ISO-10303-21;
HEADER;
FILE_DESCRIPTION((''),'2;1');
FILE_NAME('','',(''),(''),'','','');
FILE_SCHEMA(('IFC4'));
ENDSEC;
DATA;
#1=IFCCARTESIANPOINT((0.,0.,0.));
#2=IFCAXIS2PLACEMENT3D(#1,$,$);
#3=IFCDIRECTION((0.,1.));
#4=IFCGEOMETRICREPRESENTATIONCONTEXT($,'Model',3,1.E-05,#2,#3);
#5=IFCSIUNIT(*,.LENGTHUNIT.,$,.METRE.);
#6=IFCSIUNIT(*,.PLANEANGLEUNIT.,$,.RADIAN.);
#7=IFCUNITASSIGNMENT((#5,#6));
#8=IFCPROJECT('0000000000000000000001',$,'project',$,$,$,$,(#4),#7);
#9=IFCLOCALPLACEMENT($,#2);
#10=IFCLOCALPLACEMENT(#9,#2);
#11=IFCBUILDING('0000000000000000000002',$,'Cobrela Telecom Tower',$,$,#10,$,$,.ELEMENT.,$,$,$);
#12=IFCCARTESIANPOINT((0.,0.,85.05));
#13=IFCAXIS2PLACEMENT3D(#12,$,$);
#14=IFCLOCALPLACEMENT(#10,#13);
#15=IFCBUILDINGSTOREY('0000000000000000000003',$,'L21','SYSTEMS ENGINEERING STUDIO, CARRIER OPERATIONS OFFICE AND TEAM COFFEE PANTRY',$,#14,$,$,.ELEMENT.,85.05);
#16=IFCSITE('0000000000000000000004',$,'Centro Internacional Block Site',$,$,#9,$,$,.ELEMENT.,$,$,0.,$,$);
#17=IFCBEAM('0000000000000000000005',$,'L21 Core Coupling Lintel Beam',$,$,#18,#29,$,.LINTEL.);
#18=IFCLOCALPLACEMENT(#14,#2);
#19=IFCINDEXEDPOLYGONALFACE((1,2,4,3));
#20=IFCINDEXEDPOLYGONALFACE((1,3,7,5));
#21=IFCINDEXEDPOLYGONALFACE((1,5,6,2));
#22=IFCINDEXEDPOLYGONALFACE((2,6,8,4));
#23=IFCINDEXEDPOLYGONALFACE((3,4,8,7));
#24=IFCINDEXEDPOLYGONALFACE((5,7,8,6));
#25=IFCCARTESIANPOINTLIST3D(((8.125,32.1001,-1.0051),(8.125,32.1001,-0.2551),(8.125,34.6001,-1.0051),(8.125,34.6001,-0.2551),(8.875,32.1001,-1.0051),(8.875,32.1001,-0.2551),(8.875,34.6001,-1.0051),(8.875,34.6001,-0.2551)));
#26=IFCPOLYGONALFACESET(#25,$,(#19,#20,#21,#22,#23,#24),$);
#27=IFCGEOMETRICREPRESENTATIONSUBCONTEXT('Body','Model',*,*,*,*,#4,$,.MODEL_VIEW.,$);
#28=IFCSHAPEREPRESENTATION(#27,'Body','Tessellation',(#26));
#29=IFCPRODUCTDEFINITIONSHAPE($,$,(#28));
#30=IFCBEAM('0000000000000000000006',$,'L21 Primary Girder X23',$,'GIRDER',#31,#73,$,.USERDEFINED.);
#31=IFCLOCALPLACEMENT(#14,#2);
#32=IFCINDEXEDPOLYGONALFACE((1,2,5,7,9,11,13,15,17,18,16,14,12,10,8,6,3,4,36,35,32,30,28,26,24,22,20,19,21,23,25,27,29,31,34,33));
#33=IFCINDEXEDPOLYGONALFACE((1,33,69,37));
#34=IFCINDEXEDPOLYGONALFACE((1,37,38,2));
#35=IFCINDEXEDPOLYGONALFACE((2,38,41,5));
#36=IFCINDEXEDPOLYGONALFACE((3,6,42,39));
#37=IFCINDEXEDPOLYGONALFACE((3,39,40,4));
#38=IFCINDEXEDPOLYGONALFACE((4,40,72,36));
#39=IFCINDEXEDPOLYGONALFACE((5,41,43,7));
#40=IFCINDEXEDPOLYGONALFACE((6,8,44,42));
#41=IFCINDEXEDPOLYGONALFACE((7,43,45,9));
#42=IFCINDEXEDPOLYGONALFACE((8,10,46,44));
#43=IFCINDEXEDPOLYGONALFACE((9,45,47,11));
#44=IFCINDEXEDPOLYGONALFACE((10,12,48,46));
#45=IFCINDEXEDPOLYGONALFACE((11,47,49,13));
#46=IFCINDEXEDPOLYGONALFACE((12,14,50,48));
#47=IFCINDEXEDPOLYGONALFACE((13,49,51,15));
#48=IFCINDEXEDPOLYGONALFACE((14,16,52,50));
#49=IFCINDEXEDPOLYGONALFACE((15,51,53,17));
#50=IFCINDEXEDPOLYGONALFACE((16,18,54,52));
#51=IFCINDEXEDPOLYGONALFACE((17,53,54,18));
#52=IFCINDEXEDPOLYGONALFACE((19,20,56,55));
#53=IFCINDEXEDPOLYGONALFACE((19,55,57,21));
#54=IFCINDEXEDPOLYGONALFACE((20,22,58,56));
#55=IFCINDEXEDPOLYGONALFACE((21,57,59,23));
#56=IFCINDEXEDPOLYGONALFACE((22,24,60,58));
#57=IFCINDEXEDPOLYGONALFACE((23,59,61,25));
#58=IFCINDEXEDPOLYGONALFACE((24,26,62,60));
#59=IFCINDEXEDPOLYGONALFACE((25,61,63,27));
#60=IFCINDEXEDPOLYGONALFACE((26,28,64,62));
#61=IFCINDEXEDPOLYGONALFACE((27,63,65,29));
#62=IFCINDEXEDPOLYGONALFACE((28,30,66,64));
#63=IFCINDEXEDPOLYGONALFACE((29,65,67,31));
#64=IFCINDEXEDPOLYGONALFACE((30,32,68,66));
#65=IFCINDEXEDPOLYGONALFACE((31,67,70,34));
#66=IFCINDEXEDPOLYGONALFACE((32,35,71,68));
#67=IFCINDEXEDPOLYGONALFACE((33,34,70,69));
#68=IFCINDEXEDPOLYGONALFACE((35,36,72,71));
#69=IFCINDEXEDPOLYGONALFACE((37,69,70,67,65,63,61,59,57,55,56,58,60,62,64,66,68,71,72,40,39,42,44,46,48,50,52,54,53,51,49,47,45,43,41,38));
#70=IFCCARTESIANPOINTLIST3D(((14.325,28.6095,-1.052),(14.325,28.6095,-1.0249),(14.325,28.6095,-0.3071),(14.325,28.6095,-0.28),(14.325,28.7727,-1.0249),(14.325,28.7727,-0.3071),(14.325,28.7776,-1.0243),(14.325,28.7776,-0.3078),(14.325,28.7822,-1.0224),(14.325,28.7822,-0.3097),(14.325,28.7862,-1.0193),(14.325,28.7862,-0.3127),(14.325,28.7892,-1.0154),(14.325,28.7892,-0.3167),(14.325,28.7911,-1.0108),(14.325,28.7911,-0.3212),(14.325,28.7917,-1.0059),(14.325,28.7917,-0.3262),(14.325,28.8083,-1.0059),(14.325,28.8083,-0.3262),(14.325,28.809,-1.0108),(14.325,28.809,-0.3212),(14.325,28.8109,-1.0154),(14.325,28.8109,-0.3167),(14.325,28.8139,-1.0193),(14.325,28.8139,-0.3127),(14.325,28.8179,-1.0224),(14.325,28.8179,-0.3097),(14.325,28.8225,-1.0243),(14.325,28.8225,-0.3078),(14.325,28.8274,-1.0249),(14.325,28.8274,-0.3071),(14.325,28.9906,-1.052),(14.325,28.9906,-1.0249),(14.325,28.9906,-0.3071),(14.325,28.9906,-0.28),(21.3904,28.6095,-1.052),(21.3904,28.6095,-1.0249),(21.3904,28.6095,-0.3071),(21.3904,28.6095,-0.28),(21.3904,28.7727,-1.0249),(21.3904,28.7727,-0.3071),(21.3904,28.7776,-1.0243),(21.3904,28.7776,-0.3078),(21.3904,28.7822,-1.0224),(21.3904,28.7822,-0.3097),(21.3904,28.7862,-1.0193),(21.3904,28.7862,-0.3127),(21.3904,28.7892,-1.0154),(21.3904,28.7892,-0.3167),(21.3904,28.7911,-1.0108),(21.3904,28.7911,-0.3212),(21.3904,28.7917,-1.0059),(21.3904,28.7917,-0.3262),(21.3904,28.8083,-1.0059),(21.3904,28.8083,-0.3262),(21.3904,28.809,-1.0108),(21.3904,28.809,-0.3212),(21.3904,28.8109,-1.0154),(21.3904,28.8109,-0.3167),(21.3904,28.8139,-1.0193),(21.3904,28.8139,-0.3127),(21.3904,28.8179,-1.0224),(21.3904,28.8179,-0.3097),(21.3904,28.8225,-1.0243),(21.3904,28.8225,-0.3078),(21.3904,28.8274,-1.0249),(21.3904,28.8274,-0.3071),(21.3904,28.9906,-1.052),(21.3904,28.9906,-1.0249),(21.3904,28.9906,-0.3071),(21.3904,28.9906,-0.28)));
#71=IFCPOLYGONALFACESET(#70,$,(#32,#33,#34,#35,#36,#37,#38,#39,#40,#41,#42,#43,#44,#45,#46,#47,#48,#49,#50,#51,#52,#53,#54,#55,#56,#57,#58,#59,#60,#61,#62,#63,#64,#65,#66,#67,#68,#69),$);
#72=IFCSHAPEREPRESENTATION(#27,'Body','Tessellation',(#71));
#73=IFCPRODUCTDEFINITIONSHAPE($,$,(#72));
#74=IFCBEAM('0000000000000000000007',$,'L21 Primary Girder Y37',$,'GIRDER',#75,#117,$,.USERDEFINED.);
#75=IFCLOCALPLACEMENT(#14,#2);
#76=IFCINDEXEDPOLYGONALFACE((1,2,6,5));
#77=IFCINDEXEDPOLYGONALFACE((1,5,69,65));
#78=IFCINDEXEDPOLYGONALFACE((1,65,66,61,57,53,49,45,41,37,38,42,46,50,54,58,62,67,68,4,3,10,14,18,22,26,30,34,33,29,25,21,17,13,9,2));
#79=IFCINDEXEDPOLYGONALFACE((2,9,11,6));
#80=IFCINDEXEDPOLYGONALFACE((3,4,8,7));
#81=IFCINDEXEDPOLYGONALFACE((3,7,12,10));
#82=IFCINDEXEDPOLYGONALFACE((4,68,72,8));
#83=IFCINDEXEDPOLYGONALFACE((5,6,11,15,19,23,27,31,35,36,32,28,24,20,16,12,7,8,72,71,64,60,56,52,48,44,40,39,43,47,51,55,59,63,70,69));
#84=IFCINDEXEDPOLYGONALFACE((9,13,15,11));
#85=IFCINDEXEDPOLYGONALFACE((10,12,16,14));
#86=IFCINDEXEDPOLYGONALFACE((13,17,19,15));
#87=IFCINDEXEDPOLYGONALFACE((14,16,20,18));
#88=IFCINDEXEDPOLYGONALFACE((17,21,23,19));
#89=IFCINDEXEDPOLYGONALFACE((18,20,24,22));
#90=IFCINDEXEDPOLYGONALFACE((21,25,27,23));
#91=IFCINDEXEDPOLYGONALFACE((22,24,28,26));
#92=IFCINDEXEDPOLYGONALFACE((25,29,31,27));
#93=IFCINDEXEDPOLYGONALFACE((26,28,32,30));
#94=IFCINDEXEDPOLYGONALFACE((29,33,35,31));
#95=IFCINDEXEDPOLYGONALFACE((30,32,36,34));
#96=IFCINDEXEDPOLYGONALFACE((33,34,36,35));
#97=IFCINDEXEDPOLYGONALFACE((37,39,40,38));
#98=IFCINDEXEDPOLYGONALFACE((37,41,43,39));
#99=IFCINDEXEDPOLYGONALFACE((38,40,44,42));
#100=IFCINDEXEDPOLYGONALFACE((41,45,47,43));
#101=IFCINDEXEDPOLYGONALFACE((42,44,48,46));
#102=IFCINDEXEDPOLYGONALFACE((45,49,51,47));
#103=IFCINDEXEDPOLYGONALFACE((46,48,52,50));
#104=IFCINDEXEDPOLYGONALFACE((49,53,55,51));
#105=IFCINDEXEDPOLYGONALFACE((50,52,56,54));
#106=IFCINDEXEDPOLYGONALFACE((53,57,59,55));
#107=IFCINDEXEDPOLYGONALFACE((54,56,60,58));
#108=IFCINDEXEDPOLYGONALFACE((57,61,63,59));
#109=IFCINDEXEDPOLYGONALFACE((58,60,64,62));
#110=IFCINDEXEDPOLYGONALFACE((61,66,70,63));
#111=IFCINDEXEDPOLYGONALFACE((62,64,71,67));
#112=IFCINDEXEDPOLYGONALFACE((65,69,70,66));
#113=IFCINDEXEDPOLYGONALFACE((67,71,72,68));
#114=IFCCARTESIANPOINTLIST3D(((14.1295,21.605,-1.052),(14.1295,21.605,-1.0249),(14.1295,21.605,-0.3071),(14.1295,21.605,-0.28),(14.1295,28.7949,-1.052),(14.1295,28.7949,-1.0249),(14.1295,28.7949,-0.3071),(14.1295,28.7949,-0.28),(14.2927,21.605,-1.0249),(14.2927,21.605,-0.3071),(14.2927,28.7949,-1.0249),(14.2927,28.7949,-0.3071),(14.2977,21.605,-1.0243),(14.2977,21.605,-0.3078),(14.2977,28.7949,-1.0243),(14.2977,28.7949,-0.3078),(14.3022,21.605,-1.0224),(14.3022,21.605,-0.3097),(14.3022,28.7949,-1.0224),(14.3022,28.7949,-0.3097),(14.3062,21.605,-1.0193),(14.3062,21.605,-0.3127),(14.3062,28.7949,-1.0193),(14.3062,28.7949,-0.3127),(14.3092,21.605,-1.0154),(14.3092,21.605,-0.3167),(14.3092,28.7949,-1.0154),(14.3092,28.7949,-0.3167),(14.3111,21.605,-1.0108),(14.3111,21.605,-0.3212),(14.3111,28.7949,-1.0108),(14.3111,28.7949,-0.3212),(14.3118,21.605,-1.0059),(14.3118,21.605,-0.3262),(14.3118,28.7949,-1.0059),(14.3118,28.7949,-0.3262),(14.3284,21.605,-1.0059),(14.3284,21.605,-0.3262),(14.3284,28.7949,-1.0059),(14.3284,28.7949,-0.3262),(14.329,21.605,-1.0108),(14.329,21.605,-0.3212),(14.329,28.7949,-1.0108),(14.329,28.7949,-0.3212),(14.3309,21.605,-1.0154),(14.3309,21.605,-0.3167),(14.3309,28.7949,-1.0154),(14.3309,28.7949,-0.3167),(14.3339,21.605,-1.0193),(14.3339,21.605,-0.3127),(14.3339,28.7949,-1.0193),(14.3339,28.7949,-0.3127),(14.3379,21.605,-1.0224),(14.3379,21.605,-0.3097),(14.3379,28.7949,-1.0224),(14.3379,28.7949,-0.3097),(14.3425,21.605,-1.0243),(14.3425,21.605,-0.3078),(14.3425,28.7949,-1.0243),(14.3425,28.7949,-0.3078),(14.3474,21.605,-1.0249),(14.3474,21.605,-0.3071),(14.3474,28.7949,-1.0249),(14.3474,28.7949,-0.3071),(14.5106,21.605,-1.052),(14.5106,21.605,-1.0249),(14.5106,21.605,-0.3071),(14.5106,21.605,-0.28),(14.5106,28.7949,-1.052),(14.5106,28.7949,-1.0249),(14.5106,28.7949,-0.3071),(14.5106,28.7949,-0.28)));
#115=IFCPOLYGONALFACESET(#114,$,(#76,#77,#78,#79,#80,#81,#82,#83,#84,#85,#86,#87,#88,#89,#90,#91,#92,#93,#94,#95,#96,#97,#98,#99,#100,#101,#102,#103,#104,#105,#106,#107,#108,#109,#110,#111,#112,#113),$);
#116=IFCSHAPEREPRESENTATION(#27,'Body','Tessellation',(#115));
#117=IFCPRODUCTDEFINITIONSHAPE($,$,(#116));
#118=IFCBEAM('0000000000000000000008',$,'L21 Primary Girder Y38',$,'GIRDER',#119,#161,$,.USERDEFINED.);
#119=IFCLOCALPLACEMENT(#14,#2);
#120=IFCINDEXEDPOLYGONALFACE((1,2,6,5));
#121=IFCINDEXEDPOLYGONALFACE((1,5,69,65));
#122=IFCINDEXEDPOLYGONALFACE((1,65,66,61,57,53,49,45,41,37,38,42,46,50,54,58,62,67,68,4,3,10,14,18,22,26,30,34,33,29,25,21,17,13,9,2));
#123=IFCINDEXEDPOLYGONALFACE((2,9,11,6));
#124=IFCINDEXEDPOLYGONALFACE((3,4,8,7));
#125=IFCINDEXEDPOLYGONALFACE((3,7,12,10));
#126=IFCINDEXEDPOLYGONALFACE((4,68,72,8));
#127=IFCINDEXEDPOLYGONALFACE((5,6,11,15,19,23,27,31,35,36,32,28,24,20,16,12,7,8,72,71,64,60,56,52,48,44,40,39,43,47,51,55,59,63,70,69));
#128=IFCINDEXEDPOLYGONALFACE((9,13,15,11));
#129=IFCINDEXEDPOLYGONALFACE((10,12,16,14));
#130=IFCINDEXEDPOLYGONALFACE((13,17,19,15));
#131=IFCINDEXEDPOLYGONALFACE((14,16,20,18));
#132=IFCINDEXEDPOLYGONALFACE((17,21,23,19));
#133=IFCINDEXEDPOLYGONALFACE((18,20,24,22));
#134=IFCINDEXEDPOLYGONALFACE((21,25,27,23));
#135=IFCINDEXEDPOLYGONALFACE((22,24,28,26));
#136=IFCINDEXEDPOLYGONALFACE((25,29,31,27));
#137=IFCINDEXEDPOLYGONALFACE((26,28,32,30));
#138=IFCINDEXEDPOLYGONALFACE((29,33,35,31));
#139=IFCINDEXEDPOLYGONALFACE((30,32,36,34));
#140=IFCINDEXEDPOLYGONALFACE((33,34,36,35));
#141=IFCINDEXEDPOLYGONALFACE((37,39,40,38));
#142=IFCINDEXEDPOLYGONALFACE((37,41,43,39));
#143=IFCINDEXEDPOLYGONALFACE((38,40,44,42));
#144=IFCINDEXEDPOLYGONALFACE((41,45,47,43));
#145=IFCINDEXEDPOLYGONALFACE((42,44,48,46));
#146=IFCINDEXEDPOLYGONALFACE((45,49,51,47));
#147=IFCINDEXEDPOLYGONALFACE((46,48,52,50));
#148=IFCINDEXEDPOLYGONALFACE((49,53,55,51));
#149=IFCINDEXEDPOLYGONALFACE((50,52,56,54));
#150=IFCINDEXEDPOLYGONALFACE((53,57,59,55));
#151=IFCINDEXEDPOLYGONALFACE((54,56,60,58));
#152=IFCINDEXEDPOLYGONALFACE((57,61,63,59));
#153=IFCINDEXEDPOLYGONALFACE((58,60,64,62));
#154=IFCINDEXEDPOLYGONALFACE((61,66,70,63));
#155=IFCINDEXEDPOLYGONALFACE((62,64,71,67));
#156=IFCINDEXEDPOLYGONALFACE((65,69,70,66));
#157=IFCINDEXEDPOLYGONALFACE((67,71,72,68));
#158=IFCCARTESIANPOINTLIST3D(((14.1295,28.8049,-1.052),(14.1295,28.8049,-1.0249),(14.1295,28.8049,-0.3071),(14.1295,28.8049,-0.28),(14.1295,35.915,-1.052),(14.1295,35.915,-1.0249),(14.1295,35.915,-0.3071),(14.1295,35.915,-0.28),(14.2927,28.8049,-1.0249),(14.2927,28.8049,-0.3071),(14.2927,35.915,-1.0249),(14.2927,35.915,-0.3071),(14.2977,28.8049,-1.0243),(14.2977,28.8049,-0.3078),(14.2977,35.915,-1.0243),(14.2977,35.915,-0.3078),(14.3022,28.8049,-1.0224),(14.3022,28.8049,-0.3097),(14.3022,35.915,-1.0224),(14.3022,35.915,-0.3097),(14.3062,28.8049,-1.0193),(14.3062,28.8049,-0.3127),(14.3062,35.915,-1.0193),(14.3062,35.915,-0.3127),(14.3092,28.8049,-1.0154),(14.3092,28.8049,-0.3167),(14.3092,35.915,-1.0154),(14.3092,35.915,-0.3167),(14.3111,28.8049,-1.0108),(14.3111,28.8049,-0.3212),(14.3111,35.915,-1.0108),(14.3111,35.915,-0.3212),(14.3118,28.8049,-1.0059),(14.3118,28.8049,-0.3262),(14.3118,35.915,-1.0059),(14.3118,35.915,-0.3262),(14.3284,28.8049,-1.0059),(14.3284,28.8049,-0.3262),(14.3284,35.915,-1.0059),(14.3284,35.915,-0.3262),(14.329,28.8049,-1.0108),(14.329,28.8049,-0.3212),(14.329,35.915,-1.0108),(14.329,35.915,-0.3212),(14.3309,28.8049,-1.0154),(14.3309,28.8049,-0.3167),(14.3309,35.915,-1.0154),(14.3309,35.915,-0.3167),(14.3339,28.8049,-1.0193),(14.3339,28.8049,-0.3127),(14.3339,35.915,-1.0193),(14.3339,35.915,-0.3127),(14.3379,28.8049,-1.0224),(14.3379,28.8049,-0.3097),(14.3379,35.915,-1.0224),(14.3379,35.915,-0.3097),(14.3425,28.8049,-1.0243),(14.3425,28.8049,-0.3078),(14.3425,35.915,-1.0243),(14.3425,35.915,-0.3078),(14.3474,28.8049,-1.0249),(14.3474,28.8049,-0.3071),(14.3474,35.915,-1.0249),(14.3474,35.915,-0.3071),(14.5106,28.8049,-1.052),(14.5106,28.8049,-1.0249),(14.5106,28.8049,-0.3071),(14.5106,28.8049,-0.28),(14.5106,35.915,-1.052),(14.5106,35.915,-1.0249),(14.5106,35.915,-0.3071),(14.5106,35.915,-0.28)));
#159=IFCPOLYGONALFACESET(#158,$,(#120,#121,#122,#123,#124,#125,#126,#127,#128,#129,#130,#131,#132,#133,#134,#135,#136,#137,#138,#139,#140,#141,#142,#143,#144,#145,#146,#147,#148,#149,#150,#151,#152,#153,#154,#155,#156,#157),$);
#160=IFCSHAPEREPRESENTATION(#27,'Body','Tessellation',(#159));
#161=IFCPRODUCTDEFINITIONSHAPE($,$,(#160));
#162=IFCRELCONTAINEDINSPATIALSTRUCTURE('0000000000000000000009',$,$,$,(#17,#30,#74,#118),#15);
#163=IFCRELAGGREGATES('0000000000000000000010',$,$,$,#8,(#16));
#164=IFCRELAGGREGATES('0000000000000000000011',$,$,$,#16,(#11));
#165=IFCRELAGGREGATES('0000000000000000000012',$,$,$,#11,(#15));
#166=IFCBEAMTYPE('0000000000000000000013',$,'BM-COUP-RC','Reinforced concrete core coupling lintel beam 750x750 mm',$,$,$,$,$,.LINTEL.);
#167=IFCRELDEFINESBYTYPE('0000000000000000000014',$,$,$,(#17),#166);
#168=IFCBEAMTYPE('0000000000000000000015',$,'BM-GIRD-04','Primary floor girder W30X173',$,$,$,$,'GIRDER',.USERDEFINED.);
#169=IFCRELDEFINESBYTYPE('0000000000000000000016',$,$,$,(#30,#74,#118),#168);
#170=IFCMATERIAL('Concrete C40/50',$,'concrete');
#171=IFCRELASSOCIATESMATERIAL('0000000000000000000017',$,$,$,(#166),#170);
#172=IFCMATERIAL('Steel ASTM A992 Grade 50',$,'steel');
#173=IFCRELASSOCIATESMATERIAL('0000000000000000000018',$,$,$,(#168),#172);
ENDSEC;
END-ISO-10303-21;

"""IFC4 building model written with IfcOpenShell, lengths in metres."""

from ifc_helpers import new_model, si_unit, direction, frame, origin, origin_2d, place, context, subcontext, project, spatial, rectangle, i_section, extrude, material, material_profile, profile_set, type_object, element, save


model = new_model("IFC4")

# Units and contexts
model_context = context("Model", 3, precision=1e-05, world=origin(), true_north=direction((0.0, 1.0)))
body_context = subcontext(model_context, "Body", "Model", "MODEL_VIEW")
ifc_project = project(units=[si_unit("LENGTHUNIT", "METRE"), si_unit("PLANEANGLEUNIT", "RADIAN")], contexts=[model_context])

# Site, building, storey
site_placement = place(None, origin())
site = spatial("IfcSite", under=ifc_project, at=site_placement, Name="Centro Internacional Block Site", CompositionType="ELEMENT", RefElevation=0.0)
building_placement = place(site_placement, origin())
building = spatial("IfcBuilding", under=site, at=building_placement, Name="Cobrela Telecom Tower", CompositionType="ELEMENT")
storey_placement = place(building_placement, frame((0.0, 0.0, 85.05)))
storey = spatial("IfcBuildingStorey", under=building, at=storey_placement, Name="L21", Description="SYSTEMS ENGINEERING STUDIO, CARRIER OPERATIONS OFFICE AND TEAM COFFEE PANTRY", CompositionType="ELEMENT", Elevation=85.05)

# Beams
ifc_material_1 = material(Name="Concrete C40/50", Category="concrete")
ifc_material_profile_1 = material_profile(ifc_material_1, rectangle(XDim=0.75, YDim=0.75, at=origin_2d()), Name="RC 750x750")
ifc_profile_set_1 = profile_set([ifc_material_profile_1], Name="Concrete C40/50")
beam_type_1 = type_object("IfcBeamType", Name="BM-COUP-RC", Description="Reinforced concrete core coupling lintel beam 750x750 mm", PredefinedType="LINTEL", material=ifc_profile_set_1)
beam_1_placement = place(storey_placement, frame((8.5, 32.1001, -0.6301), z_axis=(0.0, 1.0, 0.0), x_axis=(-1.0, 0.0, 0.0)))
element("IfcBeam", 1, at=beam_1_placement, inside=storey, type_object=beam_type_1, Name="L21 Core Coupling Lintel Beam", PredefinedType="LINTEL", context=body_context, shape_type="SweptSolid", body=[
    extrude(rectangle(XDim=0.75, YDim=0.75, at=origin_2d()), origin(), (0.0, 0.0, 1.0), 2.5),
])
ifc_material_2 = material(Name="Steel ASTM A992 Grade 50", Category="steel")
ifc_material_profile_2 = material_profile(ifc_material_2, i_section(OverallWidth=0.3811, OverallDepth=0.772, WebThickness=0.0166, FlangeThickness=0.0271, FilletRadius=0.019, at=origin_2d()), Name="W30X173")
ifc_profile_set_2 = profile_set([ifc_material_profile_2], Name="Steel ASTM A992 Grade 50")
beam_type_2 = type_object("IfcBeamType", Name="BM-GIRD-04", Description="Primary floor girder W30X173", ElementType="GIRDER", PredefinedType="USERDEFINED", material=ifc_profile_set_2)
beam_2_placement = place(storey_placement, frame((14.325, 28.8, -0.666), z_axis=(1.0, 0.0, 0.0), x_axis=(0.0, 1.0, 0.0)))
element("IfcBeam", 2, at=beam_2_placement, inside=storey, type_object=beam_type_2, Name="L21 Primary Girder X23", ObjectType="GIRDER", PredefinedType="USERDEFINED", context=body_context, shape_type="SweptSolid", body=[
    extrude(i_section(OverallWidth=0.3811, OverallDepth=0.772, WebThickness=0.0166, FlangeThickness=0.0271, FilletRadius=0.019, at=origin_2d()), origin(), (0.0, 0.0, 1.0), 7.0654),
])
beam_3_placement = place(storey_placement, frame((14.3201, 21.605, -0.666), z_axis=(0.0, 1.0, 0.0), x_axis=(-1.0, 0.0, 0.0)))
element("IfcBeam", 3, at=beam_3_placement, inside=storey, type_object=beam_type_2, Name="L21 Primary Girder Y37", ObjectType="GIRDER", PredefinedType="USERDEFINED", context=body_context, shape_type="SweptSolid", body=[
    extrude(i_section(OverallWidth=0.3811, OverallDepth=0.772, WebThickness=0.0166, FlangeThickness=0.0271, FilletRadius=0.019, at=origin_2d()), origin(), (0.0, 0.0, 1.0), 7.1899),
])
beam_4_placement = place(storey_placement, frame((14.3201, 28.8049, -0.666), z_axis=(0.0, 1.0, 0.0), x_axis=(-1.0, 0.0, 0.0)))
element("IfcBeam", 4, at=beam_4_placement, inside=storey, type_object=beam_type_2, Name="L21 Primary Girder Y38", ObjectType="GIRDER", PredefinedType="USERDEFINED", context=body_context, shape_type="SweptSolid", body=[
    extrude(i_section(OverallWidth=0.3811, OverallDepth=0.772, WebThickness=0.0166, FlangeThickness=0.0271, FilletRadius=0.019, at=origin_2d()), origin(), (0.0, 0.0, 1.0), 7.1101),
])

save(model, "model.ifc")
